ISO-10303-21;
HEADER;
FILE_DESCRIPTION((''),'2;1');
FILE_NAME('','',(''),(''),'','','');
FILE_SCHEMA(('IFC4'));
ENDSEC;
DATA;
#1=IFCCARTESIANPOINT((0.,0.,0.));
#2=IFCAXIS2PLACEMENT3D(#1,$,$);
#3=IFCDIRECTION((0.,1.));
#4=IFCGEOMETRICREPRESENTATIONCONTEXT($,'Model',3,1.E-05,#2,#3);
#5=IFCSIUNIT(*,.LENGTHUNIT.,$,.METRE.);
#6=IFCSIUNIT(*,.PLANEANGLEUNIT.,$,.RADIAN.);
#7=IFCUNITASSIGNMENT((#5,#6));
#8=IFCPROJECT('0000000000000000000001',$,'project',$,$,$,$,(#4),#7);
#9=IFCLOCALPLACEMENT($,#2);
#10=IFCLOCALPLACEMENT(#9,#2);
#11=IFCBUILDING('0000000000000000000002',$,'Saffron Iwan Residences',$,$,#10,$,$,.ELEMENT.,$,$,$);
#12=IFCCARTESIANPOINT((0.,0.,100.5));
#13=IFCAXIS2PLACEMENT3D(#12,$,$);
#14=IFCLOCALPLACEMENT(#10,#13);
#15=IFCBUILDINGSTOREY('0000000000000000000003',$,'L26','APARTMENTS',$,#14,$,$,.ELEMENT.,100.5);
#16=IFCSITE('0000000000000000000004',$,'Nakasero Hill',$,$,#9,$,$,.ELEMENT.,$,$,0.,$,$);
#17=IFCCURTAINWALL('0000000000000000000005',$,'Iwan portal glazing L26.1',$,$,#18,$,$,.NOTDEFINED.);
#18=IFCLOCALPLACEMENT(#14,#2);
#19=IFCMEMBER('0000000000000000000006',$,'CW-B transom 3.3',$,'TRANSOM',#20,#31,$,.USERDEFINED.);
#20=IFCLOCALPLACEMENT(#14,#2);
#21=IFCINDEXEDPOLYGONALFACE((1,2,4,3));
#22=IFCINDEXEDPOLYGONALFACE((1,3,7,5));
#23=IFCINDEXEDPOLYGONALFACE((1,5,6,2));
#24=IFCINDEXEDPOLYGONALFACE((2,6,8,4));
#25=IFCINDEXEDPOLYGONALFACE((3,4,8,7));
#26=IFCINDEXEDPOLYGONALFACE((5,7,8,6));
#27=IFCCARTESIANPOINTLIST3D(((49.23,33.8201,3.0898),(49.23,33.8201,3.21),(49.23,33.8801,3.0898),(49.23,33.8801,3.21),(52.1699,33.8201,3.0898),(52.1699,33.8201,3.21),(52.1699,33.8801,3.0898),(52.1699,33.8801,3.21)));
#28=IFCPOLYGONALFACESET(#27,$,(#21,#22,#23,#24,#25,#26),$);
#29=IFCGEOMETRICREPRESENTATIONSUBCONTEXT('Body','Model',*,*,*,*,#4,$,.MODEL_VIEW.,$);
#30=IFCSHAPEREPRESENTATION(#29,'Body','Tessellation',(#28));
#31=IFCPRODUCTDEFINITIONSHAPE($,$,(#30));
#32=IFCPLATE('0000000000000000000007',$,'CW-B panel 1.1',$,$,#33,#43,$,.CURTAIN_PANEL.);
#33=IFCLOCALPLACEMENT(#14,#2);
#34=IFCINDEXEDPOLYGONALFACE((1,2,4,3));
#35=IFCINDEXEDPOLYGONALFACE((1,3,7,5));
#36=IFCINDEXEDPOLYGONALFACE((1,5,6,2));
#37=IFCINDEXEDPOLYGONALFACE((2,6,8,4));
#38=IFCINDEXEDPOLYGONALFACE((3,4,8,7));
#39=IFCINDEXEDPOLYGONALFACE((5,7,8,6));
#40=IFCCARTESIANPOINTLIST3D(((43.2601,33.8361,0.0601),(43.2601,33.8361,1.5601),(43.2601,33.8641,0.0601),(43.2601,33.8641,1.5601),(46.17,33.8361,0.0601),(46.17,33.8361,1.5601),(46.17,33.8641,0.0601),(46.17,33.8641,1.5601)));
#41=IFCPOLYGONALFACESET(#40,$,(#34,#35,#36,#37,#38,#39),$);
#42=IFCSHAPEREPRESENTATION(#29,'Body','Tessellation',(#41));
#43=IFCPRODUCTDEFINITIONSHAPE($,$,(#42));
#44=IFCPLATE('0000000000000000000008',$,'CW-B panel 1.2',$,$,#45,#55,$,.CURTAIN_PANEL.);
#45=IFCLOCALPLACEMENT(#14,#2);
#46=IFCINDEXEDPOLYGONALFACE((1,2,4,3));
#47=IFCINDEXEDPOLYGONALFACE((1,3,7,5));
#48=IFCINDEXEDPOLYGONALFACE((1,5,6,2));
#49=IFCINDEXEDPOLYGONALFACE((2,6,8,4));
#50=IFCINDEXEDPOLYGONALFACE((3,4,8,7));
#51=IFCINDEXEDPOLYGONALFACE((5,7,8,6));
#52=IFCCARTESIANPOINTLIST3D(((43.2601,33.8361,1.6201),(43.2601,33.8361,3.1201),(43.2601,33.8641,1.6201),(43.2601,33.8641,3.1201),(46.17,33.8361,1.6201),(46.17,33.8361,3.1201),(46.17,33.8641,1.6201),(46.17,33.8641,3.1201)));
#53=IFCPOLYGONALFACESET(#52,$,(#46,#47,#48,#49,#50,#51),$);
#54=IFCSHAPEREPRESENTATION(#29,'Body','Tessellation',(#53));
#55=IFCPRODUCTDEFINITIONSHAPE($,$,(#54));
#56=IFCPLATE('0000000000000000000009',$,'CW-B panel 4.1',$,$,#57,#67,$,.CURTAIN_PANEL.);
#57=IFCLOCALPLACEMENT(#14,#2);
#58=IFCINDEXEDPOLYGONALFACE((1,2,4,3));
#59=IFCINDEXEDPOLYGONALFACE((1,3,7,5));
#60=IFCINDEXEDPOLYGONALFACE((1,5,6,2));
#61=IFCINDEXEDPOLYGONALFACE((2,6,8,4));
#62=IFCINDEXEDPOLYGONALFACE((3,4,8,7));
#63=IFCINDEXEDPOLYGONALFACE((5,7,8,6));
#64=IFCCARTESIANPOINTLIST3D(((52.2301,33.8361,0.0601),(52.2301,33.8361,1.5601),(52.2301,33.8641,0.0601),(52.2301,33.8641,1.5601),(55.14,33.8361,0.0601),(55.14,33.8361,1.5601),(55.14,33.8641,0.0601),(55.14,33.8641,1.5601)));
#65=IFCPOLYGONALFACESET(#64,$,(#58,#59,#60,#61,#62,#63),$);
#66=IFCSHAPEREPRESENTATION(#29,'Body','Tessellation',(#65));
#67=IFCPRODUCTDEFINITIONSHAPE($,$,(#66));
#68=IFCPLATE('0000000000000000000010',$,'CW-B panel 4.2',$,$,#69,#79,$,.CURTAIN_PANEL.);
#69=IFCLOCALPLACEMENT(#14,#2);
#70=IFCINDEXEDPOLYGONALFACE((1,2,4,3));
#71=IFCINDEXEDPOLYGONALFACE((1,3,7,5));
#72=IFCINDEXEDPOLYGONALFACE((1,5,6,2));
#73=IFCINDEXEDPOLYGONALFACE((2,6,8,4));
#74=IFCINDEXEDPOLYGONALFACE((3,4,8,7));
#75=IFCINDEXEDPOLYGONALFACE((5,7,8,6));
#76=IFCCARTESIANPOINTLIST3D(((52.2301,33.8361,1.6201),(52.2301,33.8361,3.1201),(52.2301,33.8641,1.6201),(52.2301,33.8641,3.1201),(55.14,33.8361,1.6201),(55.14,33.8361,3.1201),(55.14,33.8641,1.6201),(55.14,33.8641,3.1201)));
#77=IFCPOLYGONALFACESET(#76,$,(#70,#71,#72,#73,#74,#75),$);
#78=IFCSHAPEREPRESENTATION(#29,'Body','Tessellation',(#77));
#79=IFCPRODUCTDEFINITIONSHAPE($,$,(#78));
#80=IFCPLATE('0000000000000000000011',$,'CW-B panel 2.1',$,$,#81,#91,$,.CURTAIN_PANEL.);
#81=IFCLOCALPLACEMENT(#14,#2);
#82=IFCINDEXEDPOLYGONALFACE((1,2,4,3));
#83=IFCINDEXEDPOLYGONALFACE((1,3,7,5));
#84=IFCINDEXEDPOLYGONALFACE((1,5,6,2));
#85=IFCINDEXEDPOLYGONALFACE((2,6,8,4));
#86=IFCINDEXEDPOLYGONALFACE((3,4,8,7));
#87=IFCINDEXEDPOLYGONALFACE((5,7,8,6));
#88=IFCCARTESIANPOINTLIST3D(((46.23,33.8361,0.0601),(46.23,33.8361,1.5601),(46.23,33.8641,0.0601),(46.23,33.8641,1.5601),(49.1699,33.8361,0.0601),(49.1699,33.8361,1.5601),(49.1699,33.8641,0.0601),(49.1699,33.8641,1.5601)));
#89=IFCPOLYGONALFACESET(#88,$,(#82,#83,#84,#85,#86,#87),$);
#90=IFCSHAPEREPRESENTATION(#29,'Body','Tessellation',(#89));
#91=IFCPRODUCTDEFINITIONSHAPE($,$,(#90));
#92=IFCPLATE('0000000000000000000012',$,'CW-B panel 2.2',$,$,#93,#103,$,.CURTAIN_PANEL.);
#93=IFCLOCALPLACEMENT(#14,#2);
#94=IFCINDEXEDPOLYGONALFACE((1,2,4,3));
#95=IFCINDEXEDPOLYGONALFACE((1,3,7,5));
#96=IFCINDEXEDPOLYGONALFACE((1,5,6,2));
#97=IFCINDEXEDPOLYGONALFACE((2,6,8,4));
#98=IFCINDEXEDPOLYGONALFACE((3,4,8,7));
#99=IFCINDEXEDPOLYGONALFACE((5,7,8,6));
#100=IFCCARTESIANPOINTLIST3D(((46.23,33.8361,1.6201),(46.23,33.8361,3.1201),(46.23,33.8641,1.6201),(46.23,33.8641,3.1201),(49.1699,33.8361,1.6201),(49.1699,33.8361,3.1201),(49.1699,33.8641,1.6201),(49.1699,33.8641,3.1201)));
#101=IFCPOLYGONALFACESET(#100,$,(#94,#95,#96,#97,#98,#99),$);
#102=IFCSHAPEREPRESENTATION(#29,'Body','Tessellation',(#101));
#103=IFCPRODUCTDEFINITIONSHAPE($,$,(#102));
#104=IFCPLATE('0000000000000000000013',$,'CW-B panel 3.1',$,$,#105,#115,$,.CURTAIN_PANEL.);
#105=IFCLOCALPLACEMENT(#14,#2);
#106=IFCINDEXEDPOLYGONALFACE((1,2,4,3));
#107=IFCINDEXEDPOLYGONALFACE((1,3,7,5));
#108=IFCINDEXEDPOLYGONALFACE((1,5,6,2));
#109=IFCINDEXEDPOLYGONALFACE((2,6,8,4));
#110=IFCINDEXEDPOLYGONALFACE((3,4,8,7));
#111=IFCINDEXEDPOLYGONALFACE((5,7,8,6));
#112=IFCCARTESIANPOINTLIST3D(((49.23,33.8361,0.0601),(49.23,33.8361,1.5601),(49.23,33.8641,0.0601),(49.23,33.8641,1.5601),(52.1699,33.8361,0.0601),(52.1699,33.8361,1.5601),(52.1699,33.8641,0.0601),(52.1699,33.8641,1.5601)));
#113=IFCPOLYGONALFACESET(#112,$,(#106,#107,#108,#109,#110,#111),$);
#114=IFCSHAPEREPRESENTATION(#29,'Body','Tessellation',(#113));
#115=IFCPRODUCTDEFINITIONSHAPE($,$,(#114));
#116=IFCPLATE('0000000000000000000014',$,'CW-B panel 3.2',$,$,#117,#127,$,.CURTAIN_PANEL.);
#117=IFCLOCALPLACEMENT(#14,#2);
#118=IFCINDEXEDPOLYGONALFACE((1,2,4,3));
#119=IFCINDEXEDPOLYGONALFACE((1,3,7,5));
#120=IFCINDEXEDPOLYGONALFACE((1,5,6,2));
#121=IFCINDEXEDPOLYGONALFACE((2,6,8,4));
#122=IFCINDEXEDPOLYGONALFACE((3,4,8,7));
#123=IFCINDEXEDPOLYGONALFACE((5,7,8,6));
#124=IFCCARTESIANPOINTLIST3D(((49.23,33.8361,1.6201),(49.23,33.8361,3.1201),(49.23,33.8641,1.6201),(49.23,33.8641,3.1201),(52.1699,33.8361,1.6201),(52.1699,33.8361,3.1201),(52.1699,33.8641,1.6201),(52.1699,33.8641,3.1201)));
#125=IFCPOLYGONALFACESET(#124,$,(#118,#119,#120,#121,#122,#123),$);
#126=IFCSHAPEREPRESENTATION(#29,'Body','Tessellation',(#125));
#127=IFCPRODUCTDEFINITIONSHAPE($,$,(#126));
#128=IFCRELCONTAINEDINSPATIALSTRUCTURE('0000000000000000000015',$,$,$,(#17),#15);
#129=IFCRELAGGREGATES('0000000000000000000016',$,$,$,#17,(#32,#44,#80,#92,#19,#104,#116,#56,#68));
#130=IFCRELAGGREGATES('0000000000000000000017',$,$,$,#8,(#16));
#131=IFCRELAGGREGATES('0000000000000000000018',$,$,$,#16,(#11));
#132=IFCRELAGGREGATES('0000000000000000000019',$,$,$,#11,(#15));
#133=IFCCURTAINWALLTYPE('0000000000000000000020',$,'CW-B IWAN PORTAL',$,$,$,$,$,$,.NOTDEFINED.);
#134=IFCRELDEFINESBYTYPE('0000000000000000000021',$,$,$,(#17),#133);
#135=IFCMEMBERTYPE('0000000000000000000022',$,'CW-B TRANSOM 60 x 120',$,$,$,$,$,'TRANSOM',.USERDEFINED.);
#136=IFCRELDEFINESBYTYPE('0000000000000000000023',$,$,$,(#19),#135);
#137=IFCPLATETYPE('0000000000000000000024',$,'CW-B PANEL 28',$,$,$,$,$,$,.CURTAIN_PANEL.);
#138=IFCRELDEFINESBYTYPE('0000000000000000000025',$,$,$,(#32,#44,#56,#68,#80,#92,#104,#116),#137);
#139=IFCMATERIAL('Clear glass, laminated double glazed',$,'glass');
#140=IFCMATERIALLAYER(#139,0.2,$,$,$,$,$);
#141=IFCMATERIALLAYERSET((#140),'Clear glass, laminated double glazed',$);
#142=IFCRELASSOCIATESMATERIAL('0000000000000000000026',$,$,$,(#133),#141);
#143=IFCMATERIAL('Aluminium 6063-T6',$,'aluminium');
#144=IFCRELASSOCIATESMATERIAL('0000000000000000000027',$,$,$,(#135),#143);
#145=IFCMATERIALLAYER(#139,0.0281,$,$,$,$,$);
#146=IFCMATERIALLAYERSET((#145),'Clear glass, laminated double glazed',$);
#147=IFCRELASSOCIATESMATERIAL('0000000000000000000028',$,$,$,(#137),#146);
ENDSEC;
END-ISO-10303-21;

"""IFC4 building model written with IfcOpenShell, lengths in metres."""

from ifc_helpers import new_model, si_unit, direction, frame, origin, origin_2d, place, context, subcontext, project, spatial, rectangle, extrude, source, transform, mapped, material, layer, layer_set, material_profile, profile_set, type_object, element, aggregate, save


model = new_model("IFC4")

# Units and contexts
model_context = context("Model", 3, precision=1e-05, world=origin(), true_north=direction((0.0, 1.0)))
body_context = subcontext(model_context, "Body", "Model", "MODEL_VIEW")
ifc_project = project(units=[si_unit("LENGTHUNIT", "METRE"), si_unit("PLANEANGLEUNIT", "RADIAN")], contexts=[model_context])

# Site, building, storey
site_placement = place(None, origin())
site = spatial("IfcSite", under=ifc_project, at=site_placement, Name="Nakasero Hill", CompositionType="ELEMENT", RefElevation=0.0)
building_placement = place(site_placement, origin())
building = spatial("IfcBuilding", under=site, at=building_placement, Name="Saffron Iwan Residences", CompositionType="ELEMENT")
storey_placement = place(building_placement, frame((0.0, 0.0, 100.5)))
storey = spatial("IfcBuildingStorey", under=building, at=storey_placement, Name="L26", Description="APARTMENTS", CompositionType="ELEMENT", Elevation=100.5)

# Curtain wall, member, plates
ifc_material_1 = material(Name="Clear glass, laminated double glazed", Category="glass")
ifc_layer_1 = layer(ifc_material_1, 0.2)
ifc_layer_set_1 = layer_set([ifc_layer_1], Name="Clear glass, laminated double glazed")
curtain_wall_type = type_object("IfcCurtainWallType", Name="CW-B IWAN PORTAL", PredefinedType="NOTDEFINED", material=ifc_layer_set_1)
curtain_wall_placement = place(storey_placement, origin())
curtain_wall = element("IfcCurtainWall", 1, at=curtain_wall_placement, inside=storey, type_object=curtain_wall_type, Name="Iwan portal glazing L26.1", PredefinedType="NOTDEFINED")
ifc_material_2 = material(Name="Aluminium 6063-T6", Category="aluminium")
ifc_material_profile_1 = material_profile(ifc_material_2, rectangle(XDim=0.0601, YDim=0.1201, at=origin_2d()), Name="CW-B TRANSOM 60 x 120")
ifc_profile_set_1 = profile_set([ifc_material_profile_1], Name="Aluminium 6063-T6")
member_type_1 = type_object("IfcMemberType", Name="CW-B TRANSOM 60 x 120", ElementType="TRANSOM", PredefinedType="USERDEFINED", material=ifc_profile_set_1)
shared_shape_1 = source(origin(), body_context, "Body", "SweptSolid", [
    extrude(rectangle(XDim=0.0601, YDim=0.1201, at=origin_2d()), origin(), (0.0, 0.0, 1.0), 2.9399),
])
member_1_placement = place(storey_placement, frame((49.23, 33.8501, 3.1499), z_axis=(1.0, 0.0, 0.0), x_axis=(0.0, 1.0, 0.0)))
member_1 = element("IfcMember", 2, at=member_1_placement, type_object=member_type_1, Name="CW-B transom 3.3", ObjectType="TRANSOM", PredefinedType="USERDEFINED", context=body_context, shape_type="MappedRepresentation", body=[
    mapped(shared_shape_1, transform((0.0, 0.0, 0.0))),
])
ifc_layer_2 = layer(ifc_material_1, 0.0281)
ifc_layer_set_2 = layer_set([ifc_layer_2], Name="Clear glass, laminated double glazed")
plate_type = type_object("IfcPlateType", Name="CW-B PANEL 28", PredefinedType="CURTAIN_PANEL", material=ifc_layer_set_2)
shared_shape_2 = source(origin(), body_context, "Body", "SweptSolid", [
    extrude(rectangle(XDim=2.9099, YDim=0.0281, at=origin_2d()), origin(), (0.0, 0.0, 1.0), 1.5),
])
plate_1_placement = place(storey_placement, frame((44.7151, 33.8501, 0.0601), z_axis=(0.0, 0.0, 1.0), x_axis=(1.0, 0.0, 0.0)))
plate_1 = element("IfcPlate", 3, at=plate_1_placement, type_object=plate_type, Name="CW-B panel 1.1", PredefinedType="CURTAIN_PANEL", context=body_context, shape_type="MappedRepresentation", body=[
    mapped(shared_shape_2, transform((0.0, 0.0, 0.0))),
])
plate_2_placement = place(storey_placement, frame((44.7151, 33.8501, 1.6201), z_axis=(0.0, 0.0, 1.0), x_axis=(1.0, 0.0, 0.0)))
plate_2 = element("IfcPlate", 4, at=plate_2_placement, type_object=plate_type, Name="CW-B panel 1.2", PredefinedType="CURTAIN_PANEL", context=body_context, shape_type="MappedRepresentation", body=[
    mapped(shared_shape_2, transform((0.0, 0.0, 0.0))),
])
plate_3_placement = place(storey_placement, frame((53.6851, 33.8501, 0.0601), z_axis=(0.0, 0.0, 1.0), x_axis=(1.0, 0.0, 0.0)))
plate_3 = element("IfcPlate", 5, at=plate_3_placement, type_object=plate_type, Name="CW-B panel 4.1", PredefinedType="CURTAIN_PANEL", context=body_context, shape_type="MappedRepresentation", body=[
    mapped(shared_shape_2, transform((0.0, 0.0, 0.0))),
])
plate_4_placement = place(storey_placement, frame((53.6851, 33.8501, 1.6201), z_axis=(0.0, 0.0, 1.0), x_axis=(1.0, 0.0, 0.0)))
plate_4 = element("IfcPlate", 6, at=plate_4_placement, type_object=plate_type, Name="CW-B panel 4.2", PredefinedType="CURTAIN_PANEL", context=body_context, shape_type="MappedRepresentation", body=[
    mapped(shared_shape_2, transform((0.0, 0.0, 0.0))),
])
shared_shape_3 = source(origin(), body_context, "Body", "SweptSolid", [
    extrude(rectangle(XDim=2.9399, YDim=0.0281, at=origin_2d()), origin(), (0.0, 0.0, 1.0), 1.5),
])
plate_5_placement = place(storey_placement, frame((47.7, 33.8501, 0.0601), z_axis=(0.0, 0.0, 1.0), x_axis=(1.0, 0.0, 0.0)))
plate_5 = element("IfcPlate", 7, at=plate_5_placement, type_object=plate_type, Name="CW-B panel 2.1", PredefinedType="CURTAIN_PANEL", context=body_context, shape_type="MappedRepresentation", body=[
    mapped(shared_shape_3, transform((0.0, 0.0, 0.0))),
])
plate_6_placement = place(storey_placement, frame((47.7, 33.8501, 1.6201), z_axis=(0.0, 0.0, 1.0), x_axis=(1.0, 0.0, 0.0)))
plate_6 = element("IfcPlate", 8, at=plate_6_placement, type_object=plate_type, Name="CW-B panel 2.2", PredefinedType="CURTAIN_PANEL", context=body_context, shape_type="MappedRepresentation", body=[
    mapped(shared_shape_3, transform((0.0, 0.0, 0.0))),
])
plate_7_placement = place(storey_placement, frame((50.7, 33.8501, 0.0601), z_axis=(0.0, 0.0, 1.0), x_axis=(1.0, 0.0, 0.0)))
plate_7 = element("IfcPlate", 9, at=plate_7_placement, type_object=plate_type, Name="CW-B panel 3.1", PredefinedType="CURTAIN_PANEL", context=body_context, shape_type="MappedRepresentation", body=[
    mapped(shared_shape_3, transform((0.0, 0.0, 0.0))),
])
plate_8_placement = place(storey_placement, frame((50.7, 33.8501, 1.6201), z_axis=(0.0, 0.0, 1.0), x_axis=(1.0, 0.0, 0.0)))
plate_8 = element("IfcPlate", 10, at=plate_8_placement, type_object=plate_type, Name="CW-B panel 3.2", PredefinedType="CURTAIN_PANEL", context=body_context, shape_type="MappedRepresentation", body=[
    mapped(shared_shape_3, transform((0.0, 0.0, 0.0))),
])
aggregate(curtain_wall, [plate_1, plate_2, plate_5, plate_6, member_1, plate_7, plate_8, plate_3, plate_4])

save(model, "model.ifc")
